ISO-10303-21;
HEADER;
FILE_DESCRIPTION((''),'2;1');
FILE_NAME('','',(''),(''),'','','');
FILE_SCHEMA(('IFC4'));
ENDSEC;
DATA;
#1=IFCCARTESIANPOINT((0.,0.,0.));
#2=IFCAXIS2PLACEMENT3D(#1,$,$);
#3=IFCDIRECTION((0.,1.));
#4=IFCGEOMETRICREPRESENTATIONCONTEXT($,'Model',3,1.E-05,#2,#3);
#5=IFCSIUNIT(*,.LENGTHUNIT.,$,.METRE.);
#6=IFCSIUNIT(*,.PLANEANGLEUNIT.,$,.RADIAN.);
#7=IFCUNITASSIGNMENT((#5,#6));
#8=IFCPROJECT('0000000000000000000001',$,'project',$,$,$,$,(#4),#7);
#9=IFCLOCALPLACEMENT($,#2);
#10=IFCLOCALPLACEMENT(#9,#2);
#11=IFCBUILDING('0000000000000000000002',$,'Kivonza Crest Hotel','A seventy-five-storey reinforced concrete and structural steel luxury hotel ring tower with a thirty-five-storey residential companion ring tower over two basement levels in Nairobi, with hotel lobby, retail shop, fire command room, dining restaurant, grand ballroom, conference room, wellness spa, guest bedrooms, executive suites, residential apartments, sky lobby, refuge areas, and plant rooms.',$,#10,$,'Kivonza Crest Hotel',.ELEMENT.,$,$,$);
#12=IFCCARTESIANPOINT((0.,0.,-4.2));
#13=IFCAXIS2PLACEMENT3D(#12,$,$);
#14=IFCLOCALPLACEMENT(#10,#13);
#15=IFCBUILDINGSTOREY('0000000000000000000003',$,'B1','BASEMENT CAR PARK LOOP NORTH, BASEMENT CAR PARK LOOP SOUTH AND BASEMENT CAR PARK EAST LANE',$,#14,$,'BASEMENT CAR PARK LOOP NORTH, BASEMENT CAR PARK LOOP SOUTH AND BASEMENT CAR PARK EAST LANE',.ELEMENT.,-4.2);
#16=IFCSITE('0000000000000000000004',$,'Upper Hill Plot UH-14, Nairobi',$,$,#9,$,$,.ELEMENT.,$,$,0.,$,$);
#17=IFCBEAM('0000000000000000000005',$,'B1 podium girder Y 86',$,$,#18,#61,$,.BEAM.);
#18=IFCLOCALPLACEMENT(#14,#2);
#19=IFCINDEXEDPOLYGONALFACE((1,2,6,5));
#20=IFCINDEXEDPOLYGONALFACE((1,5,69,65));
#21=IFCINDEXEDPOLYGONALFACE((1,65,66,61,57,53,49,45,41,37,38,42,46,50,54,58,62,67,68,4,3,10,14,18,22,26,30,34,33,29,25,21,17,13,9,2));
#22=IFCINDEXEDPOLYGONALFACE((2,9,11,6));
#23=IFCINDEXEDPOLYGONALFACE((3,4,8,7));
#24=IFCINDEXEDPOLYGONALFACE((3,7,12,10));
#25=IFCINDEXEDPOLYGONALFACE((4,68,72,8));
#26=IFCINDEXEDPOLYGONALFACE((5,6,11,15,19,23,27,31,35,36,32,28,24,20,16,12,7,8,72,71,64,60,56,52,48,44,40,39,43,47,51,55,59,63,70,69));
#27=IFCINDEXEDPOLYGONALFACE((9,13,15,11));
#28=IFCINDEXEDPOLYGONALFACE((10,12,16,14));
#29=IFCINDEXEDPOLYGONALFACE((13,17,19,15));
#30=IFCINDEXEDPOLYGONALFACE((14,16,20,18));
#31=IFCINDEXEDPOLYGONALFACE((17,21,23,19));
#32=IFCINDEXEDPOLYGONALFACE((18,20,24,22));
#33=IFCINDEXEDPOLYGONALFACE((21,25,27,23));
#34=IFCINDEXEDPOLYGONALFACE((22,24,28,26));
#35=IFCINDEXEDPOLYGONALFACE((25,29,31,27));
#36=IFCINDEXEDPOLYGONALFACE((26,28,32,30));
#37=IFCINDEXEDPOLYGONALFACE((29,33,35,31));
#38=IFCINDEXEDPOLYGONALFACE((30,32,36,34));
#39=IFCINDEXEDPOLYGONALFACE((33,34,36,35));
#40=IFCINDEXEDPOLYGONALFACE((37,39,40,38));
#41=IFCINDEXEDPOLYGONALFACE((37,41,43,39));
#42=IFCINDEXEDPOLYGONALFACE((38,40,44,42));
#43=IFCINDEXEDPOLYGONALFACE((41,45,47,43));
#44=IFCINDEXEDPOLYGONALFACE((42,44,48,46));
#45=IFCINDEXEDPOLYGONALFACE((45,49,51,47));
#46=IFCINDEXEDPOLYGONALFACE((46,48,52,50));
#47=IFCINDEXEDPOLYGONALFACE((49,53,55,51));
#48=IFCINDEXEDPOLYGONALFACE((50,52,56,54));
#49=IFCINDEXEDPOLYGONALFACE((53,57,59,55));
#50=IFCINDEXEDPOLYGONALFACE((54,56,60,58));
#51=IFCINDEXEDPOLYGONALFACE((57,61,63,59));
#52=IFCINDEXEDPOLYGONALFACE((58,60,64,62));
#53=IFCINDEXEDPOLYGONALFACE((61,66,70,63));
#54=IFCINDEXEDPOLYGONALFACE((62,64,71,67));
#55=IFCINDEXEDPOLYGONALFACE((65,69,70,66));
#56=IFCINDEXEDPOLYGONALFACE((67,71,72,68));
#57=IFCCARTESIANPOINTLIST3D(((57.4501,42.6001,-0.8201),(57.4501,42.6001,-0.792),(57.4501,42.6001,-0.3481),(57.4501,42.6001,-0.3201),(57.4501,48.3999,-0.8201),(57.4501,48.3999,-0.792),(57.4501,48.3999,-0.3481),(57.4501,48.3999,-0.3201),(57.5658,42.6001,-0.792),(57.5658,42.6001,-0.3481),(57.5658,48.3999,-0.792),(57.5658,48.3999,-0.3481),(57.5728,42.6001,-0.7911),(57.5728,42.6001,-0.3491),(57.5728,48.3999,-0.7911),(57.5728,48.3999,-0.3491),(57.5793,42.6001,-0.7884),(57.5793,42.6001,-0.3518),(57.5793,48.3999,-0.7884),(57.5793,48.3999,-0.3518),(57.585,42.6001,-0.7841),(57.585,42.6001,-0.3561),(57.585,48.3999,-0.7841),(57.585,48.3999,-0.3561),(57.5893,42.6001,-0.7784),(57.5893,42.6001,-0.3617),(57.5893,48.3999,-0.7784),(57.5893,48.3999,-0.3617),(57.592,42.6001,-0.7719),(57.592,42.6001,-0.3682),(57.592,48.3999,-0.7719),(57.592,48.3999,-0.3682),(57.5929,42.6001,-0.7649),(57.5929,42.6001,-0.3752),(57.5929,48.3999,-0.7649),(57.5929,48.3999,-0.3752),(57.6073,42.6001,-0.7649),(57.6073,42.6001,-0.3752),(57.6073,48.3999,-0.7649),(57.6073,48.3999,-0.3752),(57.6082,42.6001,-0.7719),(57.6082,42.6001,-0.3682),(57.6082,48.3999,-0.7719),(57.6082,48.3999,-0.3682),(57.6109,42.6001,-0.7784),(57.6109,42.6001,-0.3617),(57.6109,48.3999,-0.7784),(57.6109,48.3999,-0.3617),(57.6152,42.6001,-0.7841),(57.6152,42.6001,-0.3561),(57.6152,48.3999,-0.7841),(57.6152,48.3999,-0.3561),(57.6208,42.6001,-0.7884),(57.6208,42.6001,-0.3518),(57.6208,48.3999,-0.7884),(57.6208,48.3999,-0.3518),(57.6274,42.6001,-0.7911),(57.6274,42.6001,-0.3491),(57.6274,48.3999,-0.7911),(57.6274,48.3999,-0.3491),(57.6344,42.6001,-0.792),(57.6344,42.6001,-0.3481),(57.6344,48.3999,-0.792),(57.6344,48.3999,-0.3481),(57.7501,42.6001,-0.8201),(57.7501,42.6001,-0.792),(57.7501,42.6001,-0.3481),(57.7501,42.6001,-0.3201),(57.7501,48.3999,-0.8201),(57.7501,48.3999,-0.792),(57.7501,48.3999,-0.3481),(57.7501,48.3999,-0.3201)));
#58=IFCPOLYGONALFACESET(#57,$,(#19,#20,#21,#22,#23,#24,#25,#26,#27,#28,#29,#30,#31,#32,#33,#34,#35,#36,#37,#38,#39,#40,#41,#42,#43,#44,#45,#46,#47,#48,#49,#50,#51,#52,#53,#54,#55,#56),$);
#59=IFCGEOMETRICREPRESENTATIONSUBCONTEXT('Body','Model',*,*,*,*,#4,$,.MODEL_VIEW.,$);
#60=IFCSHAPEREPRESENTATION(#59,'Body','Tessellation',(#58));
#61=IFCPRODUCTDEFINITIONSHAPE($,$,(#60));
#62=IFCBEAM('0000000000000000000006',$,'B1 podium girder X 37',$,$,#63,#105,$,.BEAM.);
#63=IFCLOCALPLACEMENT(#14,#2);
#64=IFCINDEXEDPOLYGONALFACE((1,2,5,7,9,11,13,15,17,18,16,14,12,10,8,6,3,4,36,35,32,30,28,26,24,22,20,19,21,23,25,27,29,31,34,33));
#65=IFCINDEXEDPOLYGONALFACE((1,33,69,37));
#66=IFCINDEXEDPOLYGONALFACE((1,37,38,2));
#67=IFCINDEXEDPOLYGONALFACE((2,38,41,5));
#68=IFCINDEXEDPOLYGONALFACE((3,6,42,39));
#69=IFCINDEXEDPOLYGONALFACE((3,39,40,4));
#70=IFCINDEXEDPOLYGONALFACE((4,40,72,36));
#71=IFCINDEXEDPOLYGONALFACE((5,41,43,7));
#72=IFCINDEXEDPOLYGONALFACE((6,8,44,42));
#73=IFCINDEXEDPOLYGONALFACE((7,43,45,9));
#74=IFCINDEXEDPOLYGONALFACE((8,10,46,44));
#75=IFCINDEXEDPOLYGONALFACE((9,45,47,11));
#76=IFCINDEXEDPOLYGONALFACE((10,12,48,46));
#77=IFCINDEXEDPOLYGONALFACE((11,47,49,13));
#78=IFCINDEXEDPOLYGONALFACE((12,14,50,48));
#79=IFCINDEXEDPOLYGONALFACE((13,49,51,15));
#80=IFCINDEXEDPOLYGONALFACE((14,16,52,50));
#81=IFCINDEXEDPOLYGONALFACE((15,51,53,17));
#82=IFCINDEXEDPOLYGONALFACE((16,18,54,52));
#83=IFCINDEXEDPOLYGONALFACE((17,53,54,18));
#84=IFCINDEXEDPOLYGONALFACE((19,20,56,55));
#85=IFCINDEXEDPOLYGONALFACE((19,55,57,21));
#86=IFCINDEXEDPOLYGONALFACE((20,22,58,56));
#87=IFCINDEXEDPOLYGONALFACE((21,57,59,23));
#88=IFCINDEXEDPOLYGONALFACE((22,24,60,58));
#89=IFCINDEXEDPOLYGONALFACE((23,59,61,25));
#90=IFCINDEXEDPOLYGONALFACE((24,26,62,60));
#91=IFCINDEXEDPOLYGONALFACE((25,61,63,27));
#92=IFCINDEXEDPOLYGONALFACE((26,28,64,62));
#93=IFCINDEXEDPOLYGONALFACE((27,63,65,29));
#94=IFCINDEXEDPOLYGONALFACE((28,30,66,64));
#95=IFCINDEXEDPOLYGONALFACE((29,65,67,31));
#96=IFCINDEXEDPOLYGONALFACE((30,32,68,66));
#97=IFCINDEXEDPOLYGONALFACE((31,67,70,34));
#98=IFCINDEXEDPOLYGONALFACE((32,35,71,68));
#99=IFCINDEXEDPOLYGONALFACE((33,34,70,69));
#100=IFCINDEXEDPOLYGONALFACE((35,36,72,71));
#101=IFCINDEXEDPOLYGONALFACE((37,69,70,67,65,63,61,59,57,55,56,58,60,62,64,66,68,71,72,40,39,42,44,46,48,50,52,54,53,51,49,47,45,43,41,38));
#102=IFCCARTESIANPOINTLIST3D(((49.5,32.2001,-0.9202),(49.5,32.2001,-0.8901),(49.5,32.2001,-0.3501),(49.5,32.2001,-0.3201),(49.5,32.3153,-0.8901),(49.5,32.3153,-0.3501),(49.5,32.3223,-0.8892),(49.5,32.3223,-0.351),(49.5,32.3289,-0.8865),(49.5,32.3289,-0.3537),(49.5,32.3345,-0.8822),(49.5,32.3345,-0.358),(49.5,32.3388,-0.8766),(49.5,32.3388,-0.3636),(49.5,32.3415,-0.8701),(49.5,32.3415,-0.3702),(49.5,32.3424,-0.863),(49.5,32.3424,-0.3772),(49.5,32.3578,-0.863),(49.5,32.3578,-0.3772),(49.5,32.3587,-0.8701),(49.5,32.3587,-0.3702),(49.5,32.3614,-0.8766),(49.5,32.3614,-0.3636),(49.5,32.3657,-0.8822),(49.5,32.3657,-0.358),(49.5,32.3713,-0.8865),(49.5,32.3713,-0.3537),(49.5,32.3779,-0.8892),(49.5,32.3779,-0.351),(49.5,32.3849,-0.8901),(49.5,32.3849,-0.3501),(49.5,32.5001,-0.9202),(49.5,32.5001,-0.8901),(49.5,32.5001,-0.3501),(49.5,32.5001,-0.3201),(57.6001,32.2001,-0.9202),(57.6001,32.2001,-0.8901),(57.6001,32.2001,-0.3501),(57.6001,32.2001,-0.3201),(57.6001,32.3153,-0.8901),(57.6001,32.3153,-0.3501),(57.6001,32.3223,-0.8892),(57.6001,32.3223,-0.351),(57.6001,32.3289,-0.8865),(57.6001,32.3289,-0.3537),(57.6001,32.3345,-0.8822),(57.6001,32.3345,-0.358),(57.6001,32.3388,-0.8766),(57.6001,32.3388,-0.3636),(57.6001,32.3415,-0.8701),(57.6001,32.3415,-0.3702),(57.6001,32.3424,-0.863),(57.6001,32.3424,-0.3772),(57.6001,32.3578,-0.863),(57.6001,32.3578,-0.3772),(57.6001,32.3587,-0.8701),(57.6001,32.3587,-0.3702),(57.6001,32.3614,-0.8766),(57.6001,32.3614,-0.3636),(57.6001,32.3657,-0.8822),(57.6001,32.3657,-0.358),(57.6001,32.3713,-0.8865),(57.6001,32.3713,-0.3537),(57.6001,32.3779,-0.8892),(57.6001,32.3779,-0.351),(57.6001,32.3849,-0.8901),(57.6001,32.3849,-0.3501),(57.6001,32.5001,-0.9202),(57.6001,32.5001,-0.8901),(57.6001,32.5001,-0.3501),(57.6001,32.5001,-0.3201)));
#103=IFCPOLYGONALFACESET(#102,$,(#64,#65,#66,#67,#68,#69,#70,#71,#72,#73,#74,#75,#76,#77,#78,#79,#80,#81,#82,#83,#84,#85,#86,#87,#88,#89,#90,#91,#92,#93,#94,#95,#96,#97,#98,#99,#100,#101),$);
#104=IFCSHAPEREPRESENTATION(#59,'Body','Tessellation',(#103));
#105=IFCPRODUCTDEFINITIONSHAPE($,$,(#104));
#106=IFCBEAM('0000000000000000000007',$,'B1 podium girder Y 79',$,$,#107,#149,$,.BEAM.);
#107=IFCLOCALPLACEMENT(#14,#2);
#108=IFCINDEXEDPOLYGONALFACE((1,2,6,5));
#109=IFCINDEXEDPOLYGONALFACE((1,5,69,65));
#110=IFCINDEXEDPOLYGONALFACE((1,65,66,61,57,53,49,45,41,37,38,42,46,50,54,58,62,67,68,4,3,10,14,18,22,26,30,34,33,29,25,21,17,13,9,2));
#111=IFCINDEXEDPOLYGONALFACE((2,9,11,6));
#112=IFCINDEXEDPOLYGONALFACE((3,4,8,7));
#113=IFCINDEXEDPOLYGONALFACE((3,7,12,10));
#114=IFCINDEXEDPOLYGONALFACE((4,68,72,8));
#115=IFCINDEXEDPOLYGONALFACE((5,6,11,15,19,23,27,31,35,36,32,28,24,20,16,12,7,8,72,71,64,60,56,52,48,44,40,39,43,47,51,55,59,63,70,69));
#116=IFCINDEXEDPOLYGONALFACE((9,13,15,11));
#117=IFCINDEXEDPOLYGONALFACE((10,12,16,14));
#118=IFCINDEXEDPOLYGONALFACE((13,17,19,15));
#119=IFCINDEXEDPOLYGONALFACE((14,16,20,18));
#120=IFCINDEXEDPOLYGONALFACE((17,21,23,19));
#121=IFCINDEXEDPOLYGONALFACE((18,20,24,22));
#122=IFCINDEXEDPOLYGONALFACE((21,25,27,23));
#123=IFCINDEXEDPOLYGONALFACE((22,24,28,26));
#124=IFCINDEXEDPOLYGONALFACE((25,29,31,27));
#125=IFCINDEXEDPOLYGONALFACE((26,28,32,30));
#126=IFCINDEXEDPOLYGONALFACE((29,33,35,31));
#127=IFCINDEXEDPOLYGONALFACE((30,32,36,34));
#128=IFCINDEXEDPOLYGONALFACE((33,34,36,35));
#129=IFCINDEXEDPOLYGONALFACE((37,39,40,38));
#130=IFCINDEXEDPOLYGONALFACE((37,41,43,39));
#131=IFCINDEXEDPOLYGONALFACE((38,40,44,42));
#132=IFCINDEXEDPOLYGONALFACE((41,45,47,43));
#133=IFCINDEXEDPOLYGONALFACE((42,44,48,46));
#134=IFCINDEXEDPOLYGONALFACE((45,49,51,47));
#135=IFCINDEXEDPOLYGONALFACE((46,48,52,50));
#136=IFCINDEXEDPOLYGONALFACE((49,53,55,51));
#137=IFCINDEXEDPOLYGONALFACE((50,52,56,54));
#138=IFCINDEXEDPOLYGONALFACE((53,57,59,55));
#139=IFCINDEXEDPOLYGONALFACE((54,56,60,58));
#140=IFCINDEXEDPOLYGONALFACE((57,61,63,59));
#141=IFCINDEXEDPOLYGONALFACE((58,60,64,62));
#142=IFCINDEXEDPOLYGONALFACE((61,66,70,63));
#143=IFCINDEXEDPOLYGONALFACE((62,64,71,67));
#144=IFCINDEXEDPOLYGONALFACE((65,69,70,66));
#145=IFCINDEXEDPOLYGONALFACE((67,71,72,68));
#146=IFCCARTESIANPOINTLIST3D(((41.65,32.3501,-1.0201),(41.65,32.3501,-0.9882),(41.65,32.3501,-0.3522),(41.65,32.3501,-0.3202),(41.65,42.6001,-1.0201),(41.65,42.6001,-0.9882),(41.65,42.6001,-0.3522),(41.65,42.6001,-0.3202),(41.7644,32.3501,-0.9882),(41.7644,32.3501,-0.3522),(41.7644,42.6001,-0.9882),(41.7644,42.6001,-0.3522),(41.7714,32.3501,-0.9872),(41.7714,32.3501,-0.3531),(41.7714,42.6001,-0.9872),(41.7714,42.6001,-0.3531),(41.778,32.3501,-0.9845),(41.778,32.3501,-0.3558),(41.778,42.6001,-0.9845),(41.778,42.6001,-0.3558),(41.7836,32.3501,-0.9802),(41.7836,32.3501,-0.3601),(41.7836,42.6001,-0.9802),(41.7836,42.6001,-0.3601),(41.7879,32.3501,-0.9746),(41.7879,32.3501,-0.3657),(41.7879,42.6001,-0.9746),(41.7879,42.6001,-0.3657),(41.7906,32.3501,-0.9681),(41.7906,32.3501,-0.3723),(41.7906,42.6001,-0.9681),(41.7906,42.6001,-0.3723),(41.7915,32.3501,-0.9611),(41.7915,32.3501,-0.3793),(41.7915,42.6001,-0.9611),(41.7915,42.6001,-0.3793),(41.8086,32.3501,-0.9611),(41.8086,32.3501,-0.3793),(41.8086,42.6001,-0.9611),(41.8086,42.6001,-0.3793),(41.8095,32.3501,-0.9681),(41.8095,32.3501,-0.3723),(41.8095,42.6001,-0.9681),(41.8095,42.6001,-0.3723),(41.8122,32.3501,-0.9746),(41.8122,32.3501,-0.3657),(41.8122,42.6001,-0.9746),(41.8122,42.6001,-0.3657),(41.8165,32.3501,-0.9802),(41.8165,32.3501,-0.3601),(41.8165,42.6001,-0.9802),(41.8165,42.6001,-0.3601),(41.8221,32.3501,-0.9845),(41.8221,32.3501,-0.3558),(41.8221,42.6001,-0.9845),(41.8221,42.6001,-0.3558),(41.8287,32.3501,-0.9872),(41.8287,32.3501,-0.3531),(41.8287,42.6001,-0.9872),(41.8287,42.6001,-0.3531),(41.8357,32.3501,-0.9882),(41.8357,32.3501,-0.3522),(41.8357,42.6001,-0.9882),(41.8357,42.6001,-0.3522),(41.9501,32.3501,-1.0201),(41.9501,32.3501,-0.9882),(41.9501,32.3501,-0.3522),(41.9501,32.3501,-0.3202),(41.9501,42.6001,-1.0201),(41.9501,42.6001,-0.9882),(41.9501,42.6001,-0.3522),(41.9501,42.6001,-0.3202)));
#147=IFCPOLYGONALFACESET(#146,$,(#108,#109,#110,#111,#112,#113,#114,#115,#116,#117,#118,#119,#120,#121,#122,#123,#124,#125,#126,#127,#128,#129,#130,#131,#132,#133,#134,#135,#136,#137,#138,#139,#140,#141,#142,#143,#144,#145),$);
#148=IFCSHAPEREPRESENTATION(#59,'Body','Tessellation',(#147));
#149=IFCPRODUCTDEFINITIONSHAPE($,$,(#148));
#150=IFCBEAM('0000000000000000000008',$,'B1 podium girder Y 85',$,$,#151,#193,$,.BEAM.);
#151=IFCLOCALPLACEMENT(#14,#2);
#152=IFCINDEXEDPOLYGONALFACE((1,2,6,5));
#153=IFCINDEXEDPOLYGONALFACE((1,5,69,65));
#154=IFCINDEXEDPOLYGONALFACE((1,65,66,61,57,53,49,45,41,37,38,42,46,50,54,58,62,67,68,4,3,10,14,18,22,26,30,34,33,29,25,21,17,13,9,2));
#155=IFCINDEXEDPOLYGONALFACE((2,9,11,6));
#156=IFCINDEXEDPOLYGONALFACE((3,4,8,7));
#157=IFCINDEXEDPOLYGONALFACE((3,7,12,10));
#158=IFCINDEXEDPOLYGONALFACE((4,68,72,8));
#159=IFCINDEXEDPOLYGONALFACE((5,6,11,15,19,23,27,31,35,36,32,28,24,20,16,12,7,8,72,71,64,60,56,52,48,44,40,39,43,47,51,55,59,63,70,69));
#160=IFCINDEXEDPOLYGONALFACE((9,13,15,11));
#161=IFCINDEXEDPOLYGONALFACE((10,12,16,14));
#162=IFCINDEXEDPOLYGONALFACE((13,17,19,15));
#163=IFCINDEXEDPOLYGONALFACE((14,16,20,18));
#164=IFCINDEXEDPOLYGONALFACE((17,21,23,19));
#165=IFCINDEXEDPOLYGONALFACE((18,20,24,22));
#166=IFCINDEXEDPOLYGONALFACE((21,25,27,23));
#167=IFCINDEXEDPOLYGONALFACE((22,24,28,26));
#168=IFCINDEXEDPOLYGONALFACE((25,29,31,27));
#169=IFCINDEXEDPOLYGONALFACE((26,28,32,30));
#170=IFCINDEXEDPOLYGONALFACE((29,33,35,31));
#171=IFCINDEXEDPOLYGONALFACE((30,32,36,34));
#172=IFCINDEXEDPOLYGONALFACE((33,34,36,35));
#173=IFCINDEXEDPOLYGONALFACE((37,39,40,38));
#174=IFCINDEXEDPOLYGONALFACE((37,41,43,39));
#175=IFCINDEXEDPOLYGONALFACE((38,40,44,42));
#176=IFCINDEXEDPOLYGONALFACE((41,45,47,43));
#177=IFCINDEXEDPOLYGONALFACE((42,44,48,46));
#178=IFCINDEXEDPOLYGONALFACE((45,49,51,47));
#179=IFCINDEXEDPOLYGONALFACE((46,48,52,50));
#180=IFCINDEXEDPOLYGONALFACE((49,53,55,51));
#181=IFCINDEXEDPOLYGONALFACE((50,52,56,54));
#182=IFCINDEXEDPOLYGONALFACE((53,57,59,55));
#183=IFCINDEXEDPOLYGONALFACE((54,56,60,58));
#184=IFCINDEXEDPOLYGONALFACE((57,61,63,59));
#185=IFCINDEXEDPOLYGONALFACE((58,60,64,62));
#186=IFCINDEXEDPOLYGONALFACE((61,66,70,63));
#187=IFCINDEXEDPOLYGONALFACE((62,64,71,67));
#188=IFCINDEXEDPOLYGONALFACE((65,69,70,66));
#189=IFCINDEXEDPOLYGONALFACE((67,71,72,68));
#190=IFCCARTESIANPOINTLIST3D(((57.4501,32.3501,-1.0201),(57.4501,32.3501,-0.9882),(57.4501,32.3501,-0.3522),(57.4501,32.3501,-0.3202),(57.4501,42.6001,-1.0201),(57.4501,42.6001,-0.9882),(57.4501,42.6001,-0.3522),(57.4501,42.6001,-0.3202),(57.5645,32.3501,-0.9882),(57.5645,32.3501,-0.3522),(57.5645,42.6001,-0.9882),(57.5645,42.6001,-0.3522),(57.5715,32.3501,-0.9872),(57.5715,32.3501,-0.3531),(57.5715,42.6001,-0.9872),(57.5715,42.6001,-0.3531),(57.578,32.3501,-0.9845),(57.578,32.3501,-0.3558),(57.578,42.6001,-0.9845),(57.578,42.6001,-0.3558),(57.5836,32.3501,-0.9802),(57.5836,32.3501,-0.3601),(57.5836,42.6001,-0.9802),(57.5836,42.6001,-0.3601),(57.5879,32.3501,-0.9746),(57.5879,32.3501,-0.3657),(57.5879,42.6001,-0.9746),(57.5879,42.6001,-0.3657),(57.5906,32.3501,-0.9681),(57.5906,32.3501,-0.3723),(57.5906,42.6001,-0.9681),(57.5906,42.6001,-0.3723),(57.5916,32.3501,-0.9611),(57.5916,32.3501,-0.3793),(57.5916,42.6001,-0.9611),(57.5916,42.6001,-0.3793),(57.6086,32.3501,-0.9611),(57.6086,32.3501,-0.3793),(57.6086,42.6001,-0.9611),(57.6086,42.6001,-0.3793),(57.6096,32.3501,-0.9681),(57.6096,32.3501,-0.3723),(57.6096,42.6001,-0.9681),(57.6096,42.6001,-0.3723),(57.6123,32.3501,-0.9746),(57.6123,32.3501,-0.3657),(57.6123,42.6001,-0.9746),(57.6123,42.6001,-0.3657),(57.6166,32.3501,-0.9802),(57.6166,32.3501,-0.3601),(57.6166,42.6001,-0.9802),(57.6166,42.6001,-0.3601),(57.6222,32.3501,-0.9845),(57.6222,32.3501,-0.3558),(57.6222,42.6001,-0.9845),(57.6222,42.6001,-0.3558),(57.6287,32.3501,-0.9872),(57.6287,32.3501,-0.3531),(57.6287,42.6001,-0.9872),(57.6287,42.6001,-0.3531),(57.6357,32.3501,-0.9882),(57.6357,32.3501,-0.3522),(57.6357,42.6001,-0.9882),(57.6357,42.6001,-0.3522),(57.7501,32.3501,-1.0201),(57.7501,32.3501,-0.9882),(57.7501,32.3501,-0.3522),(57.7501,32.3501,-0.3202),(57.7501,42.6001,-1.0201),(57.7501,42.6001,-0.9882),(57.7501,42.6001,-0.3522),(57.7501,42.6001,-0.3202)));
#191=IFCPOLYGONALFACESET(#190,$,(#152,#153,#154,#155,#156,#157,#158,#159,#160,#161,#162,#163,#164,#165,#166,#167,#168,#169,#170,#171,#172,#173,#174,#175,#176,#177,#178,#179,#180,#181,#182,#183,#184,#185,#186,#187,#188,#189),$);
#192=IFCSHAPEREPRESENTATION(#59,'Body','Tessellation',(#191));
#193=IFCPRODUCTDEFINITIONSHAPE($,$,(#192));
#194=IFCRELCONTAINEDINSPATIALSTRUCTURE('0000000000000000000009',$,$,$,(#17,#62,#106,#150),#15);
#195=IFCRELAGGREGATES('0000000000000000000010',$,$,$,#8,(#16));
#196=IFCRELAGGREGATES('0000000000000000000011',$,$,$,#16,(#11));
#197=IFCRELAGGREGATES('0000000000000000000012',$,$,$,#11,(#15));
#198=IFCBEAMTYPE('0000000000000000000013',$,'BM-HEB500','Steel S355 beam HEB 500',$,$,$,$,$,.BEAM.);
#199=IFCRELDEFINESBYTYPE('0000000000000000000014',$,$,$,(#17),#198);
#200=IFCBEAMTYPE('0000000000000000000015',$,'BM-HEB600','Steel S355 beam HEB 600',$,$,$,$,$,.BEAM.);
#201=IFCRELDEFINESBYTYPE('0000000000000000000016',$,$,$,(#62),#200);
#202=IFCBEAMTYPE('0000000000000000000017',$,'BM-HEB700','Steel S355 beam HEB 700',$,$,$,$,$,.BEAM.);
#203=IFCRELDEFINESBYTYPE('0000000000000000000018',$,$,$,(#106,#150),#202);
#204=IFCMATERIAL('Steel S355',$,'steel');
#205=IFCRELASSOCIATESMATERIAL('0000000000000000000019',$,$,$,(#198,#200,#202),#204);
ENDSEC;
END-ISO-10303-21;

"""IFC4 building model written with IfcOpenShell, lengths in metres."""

from ifc_helpers import new_model, si_unit, direction, frame, origin, origin_2d, place, context, subcontext, project, spatial, i_section, extrude, material, material_profile, profile_set, type_object, element, save


model = new_model("IFC4")

# Units and contexts
model_context = context("Model", 3, precision=1e-05, world=origin(), true_north=direction((0.0, 1.0)))
body_context = subcontext(model_context, "Body", "Model", "MODEL_VIEW")
ifc_project = project(units=[si_unit("LENGTHUNIT", "METRE"), si_unit("PLANEANGLEUNIT", "RADIAN")], contexts=[model_context])

# Site, building, storey
site_placement = place(None, origin())
site = spatial("IfcSite", under=ifc_project, at=site_placement, Name="Upper Hill Plot UH-14, Nairobi", CompositionType="ELEMENT", RefElevation=0.0)
building_placement = place(site_placement, origin())
building = spatial("IfcBuilding", under=site, at=building_placement, Name="Kivonza Crest Hotel", Description="A seventy-five-storey reinforced concrete and structural steel luxury hotel ring tower with a thirty-five-storey residential companion ring tower over two basement levels in Nairobi, with hotel lobby, retail shop, fire command room, dining restaurant, grand ballroom, conference room, wellness spa, guest bedrooms, executive suites, residential apartments, sky lobby, refuge areas, and plant rooms.", LongName="Kivonza Crest Hotel", CompositionType="ELEMENT")
storey_placement = place(building_placement, frame((0.0, 0.0, -4.2)))
storey = spatial("IfcBuildingStorey", under=building, at=storey_placement, Name="B1", Description="BASEMENT CAR PARK LOOP NORTH, BASEMENT CAR PARK LOOP SOUTH AND BASEMENT CAR PARK EAST LANE", LongName="BASEMENT CAR PARK LOOP NORTH, BASEMENT CAR PARK LOOP SOUTH AND BASEMENT CAR PARK EAST LANE", CompositionType="ELEMENT", Elevation=-4.2)

# Beams
ifc_material_1 = material(Name="Steel S355", Category="steel")
ifc_material_profile_1 = material_profile(ifc_material_1, i_section(OverallWidth=0.3, OverallDepth=0.5, WebThickness=0.0144, FlangeThickness=0.0281, FilletRadius=0.0271, at=origin_2d()), Name="HEB 500")
ifc_profile_set_1 = profile_set([ifc_material_profile_1], Name="Steel S355")
beam_type_1 = type_object("IfcBeamType", Name="BM-HEB500", Description="Steel S355 beam HEB 500", PredefinedType="BEAM", material=ifc_profile_set_1)
for number, where, z_axis, x_axis, name in (
    (1, (57.6001, 42.6001, -0.5701), (0.0, 1.0, 0.0), (-1.0, 0.0, 0.0), "B1 podium girder Y 86"),
):
    element("IfcBeam", number, at=place(storey_placement, frame(where, z_axis=z_axis, x_axis=x_axis)), inside=storey, type_object=beam_type_1, Name=name, PredefinedType="BEAM", context=body_context, shape_type="SweptSolid", body=[
        extrude(i_section(OverallWidth=0.3, OverallDepth=0.5, WebThickness=0.0144, FlangeThickness=0.0281, FilletRadius=0.0271, at=origin_2d()), origin(), (0.0, 0.0, 1.0), 5.7998),
    ])
ifc_material_profile_2 = material_profile(ifc_material_1, i_section(OverallWidth=0.3, OverallDepth=0.6001, WebThickness=0.0154, FlangeThickness=0.03, FilletRadius=0.0271, at=origin_2d()), Name="HEB 600")
ifc_profile_set_2 = profile_set([ifc_material_profile_2], Name="Steel S355")
beam_type_2 = type_object("IfcBeamType", Name="BM-HEB600", Description="Steel S355 beam HEB 600", PredefinedType="BEAM", material=ifc_profile_set_2)
beam_1_placement = place(storey_placement, frame((49.5, 32.3501, -0.6201), z_axis=(1.0, 0.0, 0.0), x_axis=(0.0, 1.0, 0.0)))
element("IfcBeam", 2, at=beam_1_placement, inside=storey, type_object=beam_type_2, Name="B1 podium girder X 37", PredefinedType="BEAM", context=body_context, shape_type="SweptSolid", body=[
    extrude(i_section(OverallWidth=0.3, OverallDepth=0.6001, WebThickness=0.0154, FlangeThickness=0.03, FilletRadius=0.0271, at=origin_2d()), origin(), (0.0, 0.0, 1.0), 8.1001),
])
ifc_material_profile_3 = material_profile(ifc_material_1, i_section(OverallWidth=0.3, OverallDepth=0.7, WebThickness=0.0171, FlangeThickness=0.032, FilletRadius=0.0271, at=origin_2d()), Name="HEB 700")
ifc_profile_set_3 = profile_set([ifc_material_profile_3], Name="Steel S355")
beam_type_3 = type_object("IfcBeamType", Name="BM-HEB700", Description="Steel S355 beam HEB 700", PredefinedType="BEAM", material=ifc_profile_set_3)
for number, where, z_axis, x_axis, name in (
    (3, (41.8, 32.3501, -0.6702), (0.0, 1.0, 0.0), (-1.0, 0.0, 0.0), "B1 podium girder Y 79"),
    (4, (57.6001, 32.3501, -0.6702), (0.0, 1.0, 0.0), (-1.0, 0.0, 0.0), "B1 podium girder Y 85"),
):
    element("IfcBeam", number, at=place(storey_placement, frame(where, z_axis=z_axis, x_axis=x_axis)), inside=storey, type_object=beam_type_3, Name=name, PredefinedType="BEAM", context=body_context, shape_type="SweptSolid", body=[
        extrude(i_section(OverallWidth=0.3, OverallDepth=0.7, WebThickness=0.0171, FlangeThickness=0.032, FilletRadius=0.0271, at=origin_2d()), origin(), (0.0, 0.0, 1.0), 10.25),
    ])

save(model, "model.ifc")
